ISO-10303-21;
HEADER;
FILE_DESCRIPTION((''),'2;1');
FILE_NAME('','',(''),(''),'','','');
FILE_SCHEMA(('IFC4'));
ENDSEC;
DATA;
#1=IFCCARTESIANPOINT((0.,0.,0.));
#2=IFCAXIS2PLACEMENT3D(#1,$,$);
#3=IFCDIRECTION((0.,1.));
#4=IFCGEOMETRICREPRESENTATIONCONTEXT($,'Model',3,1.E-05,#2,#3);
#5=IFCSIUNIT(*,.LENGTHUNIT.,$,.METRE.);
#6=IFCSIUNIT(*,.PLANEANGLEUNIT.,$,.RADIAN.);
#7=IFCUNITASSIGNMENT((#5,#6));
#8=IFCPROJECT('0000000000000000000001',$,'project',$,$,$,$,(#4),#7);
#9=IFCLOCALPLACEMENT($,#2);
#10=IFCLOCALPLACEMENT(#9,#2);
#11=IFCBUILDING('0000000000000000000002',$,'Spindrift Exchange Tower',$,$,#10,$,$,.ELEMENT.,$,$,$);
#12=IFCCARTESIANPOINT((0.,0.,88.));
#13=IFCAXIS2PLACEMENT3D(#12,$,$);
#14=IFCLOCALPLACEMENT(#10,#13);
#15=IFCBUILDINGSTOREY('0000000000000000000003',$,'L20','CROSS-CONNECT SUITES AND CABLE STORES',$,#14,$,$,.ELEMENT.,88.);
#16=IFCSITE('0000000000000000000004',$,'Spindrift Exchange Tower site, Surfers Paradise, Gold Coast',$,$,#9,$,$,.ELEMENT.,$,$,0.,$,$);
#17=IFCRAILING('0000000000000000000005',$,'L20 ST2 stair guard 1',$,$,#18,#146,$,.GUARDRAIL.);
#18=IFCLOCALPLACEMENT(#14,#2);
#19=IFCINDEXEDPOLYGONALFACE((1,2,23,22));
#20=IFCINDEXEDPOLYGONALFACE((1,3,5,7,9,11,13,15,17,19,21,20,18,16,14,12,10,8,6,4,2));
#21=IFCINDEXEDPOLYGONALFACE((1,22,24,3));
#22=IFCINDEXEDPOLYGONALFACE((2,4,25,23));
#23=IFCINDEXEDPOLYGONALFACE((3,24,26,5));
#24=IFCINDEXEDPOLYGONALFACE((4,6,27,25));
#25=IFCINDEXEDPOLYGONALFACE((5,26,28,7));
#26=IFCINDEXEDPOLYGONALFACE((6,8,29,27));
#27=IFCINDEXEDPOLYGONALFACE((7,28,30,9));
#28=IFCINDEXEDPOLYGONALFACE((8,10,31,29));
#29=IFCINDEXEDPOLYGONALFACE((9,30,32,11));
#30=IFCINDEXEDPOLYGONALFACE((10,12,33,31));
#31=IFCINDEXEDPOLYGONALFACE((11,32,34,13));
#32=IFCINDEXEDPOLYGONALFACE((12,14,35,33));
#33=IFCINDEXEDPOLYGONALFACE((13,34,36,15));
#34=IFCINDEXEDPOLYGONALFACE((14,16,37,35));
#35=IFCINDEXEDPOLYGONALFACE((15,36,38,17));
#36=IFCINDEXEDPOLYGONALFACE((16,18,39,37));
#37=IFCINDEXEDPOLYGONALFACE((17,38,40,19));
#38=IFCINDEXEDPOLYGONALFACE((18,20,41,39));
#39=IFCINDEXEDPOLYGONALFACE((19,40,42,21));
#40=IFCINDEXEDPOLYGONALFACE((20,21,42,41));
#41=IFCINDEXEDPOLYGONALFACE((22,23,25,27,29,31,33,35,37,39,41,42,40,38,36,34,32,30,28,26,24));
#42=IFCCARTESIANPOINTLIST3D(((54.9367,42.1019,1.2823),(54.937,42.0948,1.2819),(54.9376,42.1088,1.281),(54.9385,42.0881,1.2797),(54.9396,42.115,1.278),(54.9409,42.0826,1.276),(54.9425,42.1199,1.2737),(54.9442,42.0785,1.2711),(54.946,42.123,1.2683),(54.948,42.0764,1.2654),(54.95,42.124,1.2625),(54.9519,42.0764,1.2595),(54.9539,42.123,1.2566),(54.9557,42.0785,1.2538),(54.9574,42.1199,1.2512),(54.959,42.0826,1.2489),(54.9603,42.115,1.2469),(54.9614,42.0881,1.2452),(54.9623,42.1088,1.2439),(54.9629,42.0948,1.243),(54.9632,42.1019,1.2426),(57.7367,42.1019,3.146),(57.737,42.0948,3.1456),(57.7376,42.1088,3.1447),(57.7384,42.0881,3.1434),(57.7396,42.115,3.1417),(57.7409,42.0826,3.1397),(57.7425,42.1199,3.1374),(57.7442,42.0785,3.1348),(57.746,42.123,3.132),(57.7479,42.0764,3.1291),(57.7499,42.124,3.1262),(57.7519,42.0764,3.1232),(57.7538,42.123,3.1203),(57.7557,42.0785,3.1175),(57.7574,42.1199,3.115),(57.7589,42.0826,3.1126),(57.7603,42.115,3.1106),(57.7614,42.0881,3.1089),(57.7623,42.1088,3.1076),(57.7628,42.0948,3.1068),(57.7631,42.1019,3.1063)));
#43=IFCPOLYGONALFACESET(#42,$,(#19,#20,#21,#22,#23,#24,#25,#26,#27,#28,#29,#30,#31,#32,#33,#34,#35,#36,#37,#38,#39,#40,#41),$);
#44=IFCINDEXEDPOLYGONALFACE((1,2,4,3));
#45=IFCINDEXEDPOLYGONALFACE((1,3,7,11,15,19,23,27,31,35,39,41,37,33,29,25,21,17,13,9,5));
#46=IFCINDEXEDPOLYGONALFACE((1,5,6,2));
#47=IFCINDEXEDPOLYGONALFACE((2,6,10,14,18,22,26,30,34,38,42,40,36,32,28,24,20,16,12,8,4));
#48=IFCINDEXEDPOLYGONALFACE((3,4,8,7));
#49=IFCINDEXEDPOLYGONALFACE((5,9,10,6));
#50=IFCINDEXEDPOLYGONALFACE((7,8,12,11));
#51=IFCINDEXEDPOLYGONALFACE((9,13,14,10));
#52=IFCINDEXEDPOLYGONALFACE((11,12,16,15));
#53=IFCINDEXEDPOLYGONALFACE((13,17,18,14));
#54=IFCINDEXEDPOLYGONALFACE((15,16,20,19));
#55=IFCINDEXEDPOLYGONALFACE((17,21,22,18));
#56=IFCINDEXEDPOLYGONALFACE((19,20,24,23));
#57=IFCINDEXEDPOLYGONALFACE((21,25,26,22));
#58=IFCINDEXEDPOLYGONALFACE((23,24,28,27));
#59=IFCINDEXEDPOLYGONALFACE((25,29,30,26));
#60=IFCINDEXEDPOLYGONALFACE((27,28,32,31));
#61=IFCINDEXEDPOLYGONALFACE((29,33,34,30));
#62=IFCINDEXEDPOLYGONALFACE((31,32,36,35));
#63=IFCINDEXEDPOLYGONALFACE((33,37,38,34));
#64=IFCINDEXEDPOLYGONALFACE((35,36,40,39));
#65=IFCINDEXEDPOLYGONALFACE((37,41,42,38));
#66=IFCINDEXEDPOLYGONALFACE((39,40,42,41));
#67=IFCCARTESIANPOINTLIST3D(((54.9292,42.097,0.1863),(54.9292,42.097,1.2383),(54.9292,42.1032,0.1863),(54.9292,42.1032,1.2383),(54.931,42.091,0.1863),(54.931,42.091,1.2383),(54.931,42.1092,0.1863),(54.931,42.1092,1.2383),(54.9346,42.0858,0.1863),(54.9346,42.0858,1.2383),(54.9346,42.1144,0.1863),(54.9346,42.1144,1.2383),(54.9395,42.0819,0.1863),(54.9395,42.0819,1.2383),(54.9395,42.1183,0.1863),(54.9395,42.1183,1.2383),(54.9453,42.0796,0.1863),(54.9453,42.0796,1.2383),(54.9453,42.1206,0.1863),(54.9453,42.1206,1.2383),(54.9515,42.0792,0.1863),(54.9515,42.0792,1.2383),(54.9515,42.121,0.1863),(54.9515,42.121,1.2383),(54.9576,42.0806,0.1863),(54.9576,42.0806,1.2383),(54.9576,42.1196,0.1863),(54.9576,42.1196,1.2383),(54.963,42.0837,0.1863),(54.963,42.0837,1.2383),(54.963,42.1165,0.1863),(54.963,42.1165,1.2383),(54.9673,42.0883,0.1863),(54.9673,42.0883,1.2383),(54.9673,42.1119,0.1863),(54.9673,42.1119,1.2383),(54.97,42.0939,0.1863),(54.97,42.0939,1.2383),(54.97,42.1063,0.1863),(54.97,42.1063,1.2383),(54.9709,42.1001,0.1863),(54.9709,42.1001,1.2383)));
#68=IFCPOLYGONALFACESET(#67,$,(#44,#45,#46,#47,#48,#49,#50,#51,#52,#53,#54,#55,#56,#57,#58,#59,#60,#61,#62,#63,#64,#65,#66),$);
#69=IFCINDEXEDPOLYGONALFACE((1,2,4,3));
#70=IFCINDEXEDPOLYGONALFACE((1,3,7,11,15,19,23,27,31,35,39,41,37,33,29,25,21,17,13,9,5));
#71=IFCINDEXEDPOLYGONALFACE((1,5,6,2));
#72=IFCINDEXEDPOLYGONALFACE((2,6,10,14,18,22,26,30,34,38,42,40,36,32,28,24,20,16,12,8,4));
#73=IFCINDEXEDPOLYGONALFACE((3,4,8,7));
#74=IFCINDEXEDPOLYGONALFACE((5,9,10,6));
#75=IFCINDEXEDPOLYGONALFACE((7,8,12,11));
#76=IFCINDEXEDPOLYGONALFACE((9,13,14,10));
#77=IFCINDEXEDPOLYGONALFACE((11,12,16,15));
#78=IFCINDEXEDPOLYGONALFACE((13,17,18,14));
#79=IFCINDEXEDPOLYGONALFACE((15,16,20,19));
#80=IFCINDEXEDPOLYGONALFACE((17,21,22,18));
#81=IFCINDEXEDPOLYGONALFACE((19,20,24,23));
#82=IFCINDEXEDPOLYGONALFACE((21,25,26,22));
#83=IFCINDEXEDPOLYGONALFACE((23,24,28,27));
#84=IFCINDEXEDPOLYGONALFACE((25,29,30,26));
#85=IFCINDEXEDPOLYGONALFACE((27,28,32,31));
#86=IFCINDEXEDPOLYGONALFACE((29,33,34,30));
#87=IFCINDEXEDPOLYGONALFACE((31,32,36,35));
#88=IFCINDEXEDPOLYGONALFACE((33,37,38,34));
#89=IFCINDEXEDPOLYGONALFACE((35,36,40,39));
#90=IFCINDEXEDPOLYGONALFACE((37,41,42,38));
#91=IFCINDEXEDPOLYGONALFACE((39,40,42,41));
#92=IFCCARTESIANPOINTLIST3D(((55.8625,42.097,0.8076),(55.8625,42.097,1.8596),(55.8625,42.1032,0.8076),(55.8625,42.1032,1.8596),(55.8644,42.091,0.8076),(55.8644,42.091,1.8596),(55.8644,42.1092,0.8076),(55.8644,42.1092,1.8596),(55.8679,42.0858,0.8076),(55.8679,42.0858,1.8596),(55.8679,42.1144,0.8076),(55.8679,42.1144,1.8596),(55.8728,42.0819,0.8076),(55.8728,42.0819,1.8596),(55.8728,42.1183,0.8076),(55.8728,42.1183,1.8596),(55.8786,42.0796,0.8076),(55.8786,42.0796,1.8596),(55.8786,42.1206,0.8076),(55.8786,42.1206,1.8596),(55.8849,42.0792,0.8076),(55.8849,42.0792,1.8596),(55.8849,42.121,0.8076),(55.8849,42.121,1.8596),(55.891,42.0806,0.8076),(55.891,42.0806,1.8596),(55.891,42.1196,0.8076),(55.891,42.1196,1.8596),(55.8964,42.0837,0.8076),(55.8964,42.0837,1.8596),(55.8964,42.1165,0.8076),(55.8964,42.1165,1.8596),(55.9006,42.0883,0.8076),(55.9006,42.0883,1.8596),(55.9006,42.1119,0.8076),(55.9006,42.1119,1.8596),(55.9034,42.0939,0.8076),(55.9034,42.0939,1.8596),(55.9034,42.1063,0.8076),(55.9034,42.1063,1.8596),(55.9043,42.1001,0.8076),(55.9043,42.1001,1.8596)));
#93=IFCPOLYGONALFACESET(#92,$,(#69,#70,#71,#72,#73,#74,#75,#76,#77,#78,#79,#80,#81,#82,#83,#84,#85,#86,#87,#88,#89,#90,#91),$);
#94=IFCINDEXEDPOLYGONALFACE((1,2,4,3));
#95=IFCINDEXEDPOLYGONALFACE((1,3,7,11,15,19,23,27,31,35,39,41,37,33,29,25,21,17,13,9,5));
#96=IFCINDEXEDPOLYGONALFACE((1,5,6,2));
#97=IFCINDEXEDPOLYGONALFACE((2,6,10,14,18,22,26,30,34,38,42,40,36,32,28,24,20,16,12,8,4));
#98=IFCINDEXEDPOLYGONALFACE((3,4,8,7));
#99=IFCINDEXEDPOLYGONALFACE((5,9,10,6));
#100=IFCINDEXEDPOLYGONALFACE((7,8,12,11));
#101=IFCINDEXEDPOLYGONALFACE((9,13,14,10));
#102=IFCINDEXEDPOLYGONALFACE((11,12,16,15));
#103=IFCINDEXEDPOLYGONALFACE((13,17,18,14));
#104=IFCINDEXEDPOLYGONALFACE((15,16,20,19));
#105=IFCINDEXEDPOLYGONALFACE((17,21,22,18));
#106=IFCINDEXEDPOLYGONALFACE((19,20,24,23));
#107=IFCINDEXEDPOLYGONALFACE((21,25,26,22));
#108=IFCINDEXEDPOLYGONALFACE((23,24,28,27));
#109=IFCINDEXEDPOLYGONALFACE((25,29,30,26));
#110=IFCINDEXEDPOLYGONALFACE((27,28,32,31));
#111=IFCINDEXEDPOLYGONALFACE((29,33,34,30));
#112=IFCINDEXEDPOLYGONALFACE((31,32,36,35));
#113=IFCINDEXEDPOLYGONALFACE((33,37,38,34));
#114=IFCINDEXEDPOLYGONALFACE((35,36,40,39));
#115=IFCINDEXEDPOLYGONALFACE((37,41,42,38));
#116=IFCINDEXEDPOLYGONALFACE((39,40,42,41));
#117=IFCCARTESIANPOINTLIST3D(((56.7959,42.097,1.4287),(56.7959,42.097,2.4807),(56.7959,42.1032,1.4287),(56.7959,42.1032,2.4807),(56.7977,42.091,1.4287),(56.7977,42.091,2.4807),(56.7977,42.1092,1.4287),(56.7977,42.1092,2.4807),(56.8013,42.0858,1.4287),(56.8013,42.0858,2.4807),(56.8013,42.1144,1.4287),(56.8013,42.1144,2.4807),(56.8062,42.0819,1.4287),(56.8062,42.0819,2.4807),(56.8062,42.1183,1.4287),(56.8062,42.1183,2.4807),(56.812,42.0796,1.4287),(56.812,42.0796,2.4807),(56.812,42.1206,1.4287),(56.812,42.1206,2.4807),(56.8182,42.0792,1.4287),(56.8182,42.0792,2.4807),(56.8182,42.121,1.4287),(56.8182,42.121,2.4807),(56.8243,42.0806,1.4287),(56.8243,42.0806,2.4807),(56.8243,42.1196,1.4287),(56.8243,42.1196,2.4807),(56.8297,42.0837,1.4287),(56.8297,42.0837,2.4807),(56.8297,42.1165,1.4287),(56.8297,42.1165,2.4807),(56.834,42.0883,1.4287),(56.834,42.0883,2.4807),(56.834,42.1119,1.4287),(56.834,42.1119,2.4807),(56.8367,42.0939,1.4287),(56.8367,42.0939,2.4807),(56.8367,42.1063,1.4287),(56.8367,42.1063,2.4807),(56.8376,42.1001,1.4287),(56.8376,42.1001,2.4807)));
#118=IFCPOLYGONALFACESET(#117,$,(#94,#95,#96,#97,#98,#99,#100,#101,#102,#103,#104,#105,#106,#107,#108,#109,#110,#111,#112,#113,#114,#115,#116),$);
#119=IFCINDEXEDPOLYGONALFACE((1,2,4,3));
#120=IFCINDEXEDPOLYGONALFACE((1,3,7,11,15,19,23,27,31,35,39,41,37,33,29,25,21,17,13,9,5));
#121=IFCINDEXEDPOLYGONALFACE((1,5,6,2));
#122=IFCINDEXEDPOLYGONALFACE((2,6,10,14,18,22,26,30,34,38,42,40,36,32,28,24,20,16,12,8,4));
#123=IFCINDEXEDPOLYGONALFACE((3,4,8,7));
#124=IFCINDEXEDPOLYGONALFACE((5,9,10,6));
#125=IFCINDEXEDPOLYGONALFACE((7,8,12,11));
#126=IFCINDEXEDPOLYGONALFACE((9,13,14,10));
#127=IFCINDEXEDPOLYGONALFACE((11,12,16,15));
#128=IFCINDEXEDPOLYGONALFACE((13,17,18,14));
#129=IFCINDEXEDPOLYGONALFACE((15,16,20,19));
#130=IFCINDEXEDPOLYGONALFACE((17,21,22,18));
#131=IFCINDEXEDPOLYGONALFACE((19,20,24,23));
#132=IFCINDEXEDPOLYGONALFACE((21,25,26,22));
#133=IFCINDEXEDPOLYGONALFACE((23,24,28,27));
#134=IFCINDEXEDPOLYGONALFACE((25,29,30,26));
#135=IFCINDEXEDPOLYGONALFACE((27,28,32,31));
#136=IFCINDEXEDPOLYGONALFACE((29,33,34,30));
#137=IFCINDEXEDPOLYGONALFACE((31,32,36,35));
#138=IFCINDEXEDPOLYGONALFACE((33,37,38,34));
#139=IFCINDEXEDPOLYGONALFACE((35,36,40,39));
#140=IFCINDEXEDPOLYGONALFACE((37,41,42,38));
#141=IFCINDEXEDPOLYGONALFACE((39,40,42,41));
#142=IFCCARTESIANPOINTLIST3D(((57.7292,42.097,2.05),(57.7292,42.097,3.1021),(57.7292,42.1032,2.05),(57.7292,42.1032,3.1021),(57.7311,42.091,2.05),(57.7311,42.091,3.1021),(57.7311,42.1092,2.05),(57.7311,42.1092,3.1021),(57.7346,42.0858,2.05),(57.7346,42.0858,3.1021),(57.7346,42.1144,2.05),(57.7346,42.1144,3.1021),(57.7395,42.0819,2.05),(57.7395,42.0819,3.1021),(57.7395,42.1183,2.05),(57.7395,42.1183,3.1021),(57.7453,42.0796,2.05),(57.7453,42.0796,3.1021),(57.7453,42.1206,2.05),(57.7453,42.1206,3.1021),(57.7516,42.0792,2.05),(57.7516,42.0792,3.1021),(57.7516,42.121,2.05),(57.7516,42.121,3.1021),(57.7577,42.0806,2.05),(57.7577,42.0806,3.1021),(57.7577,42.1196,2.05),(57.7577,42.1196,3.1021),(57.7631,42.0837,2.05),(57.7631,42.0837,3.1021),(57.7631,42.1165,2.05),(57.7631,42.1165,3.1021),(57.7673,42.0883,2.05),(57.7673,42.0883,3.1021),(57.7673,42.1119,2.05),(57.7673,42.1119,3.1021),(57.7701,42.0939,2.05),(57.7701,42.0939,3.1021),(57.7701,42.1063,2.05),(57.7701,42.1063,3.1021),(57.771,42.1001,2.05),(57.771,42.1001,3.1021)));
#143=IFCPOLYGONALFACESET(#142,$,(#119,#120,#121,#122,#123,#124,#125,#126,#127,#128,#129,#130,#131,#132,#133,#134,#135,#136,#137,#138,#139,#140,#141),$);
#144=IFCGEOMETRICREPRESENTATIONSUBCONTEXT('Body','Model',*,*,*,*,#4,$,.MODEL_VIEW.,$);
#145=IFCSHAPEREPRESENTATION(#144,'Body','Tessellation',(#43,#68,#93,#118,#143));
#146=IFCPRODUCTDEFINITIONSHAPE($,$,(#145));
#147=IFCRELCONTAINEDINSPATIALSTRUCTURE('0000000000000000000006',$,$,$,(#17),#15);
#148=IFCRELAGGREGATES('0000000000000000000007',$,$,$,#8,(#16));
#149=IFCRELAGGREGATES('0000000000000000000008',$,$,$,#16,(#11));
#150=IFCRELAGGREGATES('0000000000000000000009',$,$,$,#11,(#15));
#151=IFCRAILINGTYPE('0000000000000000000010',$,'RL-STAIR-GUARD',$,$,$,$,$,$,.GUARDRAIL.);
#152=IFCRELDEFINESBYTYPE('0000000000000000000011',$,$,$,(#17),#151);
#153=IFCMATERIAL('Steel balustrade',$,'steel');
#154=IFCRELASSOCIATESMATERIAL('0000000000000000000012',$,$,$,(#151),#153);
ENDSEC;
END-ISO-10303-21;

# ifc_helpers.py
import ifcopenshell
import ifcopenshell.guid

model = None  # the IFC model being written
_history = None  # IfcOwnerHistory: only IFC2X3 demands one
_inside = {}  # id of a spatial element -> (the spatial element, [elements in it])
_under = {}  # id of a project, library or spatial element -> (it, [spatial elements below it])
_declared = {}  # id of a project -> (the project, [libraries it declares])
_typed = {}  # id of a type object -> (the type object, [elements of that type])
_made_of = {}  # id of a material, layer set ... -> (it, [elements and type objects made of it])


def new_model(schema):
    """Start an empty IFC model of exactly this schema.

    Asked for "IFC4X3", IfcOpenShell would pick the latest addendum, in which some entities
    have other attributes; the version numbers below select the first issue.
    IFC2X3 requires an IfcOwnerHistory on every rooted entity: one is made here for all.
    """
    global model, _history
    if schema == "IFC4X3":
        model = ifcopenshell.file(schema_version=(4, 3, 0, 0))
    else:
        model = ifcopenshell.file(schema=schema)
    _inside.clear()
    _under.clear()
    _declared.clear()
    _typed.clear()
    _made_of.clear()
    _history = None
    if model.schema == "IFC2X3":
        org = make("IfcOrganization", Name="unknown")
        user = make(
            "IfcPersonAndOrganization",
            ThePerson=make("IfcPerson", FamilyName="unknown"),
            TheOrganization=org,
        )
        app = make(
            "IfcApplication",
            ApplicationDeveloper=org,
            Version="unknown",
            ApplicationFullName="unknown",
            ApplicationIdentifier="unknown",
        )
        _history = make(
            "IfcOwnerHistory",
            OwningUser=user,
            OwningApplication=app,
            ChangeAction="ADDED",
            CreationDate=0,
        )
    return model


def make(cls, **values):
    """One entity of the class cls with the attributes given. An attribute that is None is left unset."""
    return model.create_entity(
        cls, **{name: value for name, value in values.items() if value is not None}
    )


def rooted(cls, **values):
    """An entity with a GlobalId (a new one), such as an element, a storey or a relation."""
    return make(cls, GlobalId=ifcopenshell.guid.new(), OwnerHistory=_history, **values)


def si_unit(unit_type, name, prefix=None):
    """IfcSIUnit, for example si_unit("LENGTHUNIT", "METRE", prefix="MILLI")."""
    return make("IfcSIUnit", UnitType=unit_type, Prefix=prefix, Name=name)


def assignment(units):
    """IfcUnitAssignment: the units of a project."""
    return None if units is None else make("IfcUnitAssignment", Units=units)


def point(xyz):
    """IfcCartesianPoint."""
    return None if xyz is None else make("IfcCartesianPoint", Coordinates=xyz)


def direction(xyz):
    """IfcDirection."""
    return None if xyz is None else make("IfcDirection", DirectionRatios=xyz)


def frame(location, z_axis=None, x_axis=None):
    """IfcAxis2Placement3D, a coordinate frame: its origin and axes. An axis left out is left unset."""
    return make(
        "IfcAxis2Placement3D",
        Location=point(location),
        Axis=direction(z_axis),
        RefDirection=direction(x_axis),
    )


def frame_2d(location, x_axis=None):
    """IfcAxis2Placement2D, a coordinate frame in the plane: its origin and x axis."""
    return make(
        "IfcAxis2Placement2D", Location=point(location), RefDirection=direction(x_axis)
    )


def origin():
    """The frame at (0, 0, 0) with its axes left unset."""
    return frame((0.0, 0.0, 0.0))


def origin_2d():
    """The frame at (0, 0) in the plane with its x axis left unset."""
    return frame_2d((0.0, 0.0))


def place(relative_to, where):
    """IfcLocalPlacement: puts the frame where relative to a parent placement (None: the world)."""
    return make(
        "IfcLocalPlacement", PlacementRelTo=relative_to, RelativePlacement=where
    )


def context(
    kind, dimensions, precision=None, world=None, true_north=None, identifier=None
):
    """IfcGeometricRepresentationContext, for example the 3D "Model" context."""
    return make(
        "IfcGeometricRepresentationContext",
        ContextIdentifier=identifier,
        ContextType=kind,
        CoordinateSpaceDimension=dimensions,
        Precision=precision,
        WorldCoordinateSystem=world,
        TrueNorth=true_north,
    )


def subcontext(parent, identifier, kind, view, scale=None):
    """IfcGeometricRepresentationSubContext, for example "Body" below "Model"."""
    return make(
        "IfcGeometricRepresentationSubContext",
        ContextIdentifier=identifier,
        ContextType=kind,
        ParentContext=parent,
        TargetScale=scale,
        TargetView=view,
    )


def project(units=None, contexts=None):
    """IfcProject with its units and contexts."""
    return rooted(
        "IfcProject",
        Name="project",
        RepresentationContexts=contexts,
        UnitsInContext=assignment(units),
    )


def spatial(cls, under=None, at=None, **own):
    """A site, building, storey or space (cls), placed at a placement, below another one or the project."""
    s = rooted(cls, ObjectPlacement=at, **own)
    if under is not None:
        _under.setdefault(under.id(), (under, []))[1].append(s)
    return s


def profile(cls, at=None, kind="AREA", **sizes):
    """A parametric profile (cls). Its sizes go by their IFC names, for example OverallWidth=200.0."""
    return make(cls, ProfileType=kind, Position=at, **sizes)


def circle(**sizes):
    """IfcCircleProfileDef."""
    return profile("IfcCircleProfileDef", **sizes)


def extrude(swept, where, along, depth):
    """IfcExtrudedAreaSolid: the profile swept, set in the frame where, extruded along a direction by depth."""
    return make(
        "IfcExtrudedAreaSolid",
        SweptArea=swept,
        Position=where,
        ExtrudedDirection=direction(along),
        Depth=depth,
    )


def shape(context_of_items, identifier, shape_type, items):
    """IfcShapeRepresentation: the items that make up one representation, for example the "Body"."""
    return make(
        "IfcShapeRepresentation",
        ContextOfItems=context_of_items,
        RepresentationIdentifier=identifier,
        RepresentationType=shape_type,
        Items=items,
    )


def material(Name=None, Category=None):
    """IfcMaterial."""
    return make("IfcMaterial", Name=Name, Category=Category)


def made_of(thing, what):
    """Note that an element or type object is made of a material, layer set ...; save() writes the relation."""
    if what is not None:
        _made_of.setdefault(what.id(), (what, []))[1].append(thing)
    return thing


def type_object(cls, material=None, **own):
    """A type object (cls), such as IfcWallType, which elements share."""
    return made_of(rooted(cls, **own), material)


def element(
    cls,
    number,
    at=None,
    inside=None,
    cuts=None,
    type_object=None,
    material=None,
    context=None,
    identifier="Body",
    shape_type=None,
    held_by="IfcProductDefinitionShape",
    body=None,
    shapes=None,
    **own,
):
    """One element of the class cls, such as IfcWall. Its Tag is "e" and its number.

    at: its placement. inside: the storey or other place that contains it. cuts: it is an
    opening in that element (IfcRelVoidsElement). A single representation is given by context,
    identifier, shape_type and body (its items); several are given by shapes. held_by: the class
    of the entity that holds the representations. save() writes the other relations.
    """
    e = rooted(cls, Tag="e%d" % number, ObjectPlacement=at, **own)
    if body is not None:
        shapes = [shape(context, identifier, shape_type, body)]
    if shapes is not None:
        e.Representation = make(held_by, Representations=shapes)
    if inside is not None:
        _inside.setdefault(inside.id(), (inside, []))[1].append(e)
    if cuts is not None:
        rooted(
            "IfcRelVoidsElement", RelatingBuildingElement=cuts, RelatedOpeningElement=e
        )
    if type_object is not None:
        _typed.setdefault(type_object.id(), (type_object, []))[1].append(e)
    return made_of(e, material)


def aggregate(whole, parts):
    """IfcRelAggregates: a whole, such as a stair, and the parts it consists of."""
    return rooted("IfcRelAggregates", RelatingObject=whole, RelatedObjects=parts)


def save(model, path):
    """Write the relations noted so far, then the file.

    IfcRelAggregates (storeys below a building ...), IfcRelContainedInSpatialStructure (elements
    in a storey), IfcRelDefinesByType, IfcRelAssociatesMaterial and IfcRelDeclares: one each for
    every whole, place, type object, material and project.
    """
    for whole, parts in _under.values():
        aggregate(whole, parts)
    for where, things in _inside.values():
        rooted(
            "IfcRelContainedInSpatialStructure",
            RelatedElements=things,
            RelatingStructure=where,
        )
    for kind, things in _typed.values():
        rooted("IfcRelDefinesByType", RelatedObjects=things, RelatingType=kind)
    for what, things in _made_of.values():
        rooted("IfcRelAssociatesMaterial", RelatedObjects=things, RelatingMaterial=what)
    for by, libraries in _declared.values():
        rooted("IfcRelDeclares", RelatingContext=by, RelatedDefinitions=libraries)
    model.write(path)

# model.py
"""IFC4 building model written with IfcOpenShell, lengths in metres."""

from ifc_helpers import new_model, si_unit, direction, frame, origin, origin_2d, place, context, subcontext, project, spatial, circle, extrude, material, type_object, element, save


model = new_model("IFC4")

# Units and contexts
model_context = context("Model", 3, precision=1e-05, world=origin(), true_north=direction((0.0, 1.0)))
body_context = subcontext(model_context, "Body", "Model", "MODEL_VIEW")
ifc_project = project(units=[si_unit("LENGTHUNIT", "METRE"), si_unit("PLANEANGLEUNIT", "RADIAN")], contexts=[model_context])

# Site, building, storey
site_placement = place(None, origin())
site = spatial("IfcSite", under=ifc_project, at=site_placement, Name="Spindrift Exchange Tower site, Surfers Paradise, Gold Coast", CompositionType="ELEMENT", RefElevation=0.0)
building_placement = place(site_placement, origin())
building = spatial("IfcBuilding", under=site, at=building_placement, Name="Spindrift Exchange Tower", CompositionType="ELEMENT")
storey_placement = place(building_placement, frame((0.0, 0.0, 88.0)))
storey = spatial("IfcBuildingStorey", under=building, at=storey_placement, Name="L20", Description="CROSS-CONNECT SUITES AND CABLE STORES", CompositionType="ELEMENT", Elevation=88.0)

# Railing
ifc_material_1 = material(Name="Steel balustrade", Category="steel")
railing_type_1 = type_object("IfcRailingType", Name="RL-STAIR-GUARD", PredefinedType="GUARDRAIL", material=ifc_material_1)
railing_1_placement = place(storey_placement, frame((54.95, 42.1001, 0.1863)))
element("IfcRailing", 1, at=railing_1_placement, inside=storey, type_object=railing_type_1, Name="L20 ST2 stair guard 1", PredefinedType="GUARDRAIL", context=body_context, shape_type="SweptSolid", body=[
    extrude(circle(Radius=0.0239, at=origin_2d()), frame((0.0, 0.0, 1.0762), z_axis=(0.832452, 0.0, 0.554097), x_axis=(0.0, 1.0, 0.0)), (0.0, 0.0, 1.0), 3.3635),
    extrude(circle(Radius=0.021, at=origin_2d()), origin(), (0.0, 0.0, 1.0), 1.052),
    extrude(circle(Radius=0.021, at=origin_2d()), frame((0.9333, 0.0, 0.6213)), (0.0, 0.0, 1.0), 1.052),
    extrude(circle(Radius=0.021, at=origin_2d()), frame((1.8667, 0.0, 1.2424)), (0.0, 0.0, 1.0), 1.052),
    extrude(circle(Radius=0.021, at=origin_2d()), frame((2.8, 0.0, 1.8638)), (0.0, 0.0, 1.0), 1.052),
])

save(model, "model.ifc")
